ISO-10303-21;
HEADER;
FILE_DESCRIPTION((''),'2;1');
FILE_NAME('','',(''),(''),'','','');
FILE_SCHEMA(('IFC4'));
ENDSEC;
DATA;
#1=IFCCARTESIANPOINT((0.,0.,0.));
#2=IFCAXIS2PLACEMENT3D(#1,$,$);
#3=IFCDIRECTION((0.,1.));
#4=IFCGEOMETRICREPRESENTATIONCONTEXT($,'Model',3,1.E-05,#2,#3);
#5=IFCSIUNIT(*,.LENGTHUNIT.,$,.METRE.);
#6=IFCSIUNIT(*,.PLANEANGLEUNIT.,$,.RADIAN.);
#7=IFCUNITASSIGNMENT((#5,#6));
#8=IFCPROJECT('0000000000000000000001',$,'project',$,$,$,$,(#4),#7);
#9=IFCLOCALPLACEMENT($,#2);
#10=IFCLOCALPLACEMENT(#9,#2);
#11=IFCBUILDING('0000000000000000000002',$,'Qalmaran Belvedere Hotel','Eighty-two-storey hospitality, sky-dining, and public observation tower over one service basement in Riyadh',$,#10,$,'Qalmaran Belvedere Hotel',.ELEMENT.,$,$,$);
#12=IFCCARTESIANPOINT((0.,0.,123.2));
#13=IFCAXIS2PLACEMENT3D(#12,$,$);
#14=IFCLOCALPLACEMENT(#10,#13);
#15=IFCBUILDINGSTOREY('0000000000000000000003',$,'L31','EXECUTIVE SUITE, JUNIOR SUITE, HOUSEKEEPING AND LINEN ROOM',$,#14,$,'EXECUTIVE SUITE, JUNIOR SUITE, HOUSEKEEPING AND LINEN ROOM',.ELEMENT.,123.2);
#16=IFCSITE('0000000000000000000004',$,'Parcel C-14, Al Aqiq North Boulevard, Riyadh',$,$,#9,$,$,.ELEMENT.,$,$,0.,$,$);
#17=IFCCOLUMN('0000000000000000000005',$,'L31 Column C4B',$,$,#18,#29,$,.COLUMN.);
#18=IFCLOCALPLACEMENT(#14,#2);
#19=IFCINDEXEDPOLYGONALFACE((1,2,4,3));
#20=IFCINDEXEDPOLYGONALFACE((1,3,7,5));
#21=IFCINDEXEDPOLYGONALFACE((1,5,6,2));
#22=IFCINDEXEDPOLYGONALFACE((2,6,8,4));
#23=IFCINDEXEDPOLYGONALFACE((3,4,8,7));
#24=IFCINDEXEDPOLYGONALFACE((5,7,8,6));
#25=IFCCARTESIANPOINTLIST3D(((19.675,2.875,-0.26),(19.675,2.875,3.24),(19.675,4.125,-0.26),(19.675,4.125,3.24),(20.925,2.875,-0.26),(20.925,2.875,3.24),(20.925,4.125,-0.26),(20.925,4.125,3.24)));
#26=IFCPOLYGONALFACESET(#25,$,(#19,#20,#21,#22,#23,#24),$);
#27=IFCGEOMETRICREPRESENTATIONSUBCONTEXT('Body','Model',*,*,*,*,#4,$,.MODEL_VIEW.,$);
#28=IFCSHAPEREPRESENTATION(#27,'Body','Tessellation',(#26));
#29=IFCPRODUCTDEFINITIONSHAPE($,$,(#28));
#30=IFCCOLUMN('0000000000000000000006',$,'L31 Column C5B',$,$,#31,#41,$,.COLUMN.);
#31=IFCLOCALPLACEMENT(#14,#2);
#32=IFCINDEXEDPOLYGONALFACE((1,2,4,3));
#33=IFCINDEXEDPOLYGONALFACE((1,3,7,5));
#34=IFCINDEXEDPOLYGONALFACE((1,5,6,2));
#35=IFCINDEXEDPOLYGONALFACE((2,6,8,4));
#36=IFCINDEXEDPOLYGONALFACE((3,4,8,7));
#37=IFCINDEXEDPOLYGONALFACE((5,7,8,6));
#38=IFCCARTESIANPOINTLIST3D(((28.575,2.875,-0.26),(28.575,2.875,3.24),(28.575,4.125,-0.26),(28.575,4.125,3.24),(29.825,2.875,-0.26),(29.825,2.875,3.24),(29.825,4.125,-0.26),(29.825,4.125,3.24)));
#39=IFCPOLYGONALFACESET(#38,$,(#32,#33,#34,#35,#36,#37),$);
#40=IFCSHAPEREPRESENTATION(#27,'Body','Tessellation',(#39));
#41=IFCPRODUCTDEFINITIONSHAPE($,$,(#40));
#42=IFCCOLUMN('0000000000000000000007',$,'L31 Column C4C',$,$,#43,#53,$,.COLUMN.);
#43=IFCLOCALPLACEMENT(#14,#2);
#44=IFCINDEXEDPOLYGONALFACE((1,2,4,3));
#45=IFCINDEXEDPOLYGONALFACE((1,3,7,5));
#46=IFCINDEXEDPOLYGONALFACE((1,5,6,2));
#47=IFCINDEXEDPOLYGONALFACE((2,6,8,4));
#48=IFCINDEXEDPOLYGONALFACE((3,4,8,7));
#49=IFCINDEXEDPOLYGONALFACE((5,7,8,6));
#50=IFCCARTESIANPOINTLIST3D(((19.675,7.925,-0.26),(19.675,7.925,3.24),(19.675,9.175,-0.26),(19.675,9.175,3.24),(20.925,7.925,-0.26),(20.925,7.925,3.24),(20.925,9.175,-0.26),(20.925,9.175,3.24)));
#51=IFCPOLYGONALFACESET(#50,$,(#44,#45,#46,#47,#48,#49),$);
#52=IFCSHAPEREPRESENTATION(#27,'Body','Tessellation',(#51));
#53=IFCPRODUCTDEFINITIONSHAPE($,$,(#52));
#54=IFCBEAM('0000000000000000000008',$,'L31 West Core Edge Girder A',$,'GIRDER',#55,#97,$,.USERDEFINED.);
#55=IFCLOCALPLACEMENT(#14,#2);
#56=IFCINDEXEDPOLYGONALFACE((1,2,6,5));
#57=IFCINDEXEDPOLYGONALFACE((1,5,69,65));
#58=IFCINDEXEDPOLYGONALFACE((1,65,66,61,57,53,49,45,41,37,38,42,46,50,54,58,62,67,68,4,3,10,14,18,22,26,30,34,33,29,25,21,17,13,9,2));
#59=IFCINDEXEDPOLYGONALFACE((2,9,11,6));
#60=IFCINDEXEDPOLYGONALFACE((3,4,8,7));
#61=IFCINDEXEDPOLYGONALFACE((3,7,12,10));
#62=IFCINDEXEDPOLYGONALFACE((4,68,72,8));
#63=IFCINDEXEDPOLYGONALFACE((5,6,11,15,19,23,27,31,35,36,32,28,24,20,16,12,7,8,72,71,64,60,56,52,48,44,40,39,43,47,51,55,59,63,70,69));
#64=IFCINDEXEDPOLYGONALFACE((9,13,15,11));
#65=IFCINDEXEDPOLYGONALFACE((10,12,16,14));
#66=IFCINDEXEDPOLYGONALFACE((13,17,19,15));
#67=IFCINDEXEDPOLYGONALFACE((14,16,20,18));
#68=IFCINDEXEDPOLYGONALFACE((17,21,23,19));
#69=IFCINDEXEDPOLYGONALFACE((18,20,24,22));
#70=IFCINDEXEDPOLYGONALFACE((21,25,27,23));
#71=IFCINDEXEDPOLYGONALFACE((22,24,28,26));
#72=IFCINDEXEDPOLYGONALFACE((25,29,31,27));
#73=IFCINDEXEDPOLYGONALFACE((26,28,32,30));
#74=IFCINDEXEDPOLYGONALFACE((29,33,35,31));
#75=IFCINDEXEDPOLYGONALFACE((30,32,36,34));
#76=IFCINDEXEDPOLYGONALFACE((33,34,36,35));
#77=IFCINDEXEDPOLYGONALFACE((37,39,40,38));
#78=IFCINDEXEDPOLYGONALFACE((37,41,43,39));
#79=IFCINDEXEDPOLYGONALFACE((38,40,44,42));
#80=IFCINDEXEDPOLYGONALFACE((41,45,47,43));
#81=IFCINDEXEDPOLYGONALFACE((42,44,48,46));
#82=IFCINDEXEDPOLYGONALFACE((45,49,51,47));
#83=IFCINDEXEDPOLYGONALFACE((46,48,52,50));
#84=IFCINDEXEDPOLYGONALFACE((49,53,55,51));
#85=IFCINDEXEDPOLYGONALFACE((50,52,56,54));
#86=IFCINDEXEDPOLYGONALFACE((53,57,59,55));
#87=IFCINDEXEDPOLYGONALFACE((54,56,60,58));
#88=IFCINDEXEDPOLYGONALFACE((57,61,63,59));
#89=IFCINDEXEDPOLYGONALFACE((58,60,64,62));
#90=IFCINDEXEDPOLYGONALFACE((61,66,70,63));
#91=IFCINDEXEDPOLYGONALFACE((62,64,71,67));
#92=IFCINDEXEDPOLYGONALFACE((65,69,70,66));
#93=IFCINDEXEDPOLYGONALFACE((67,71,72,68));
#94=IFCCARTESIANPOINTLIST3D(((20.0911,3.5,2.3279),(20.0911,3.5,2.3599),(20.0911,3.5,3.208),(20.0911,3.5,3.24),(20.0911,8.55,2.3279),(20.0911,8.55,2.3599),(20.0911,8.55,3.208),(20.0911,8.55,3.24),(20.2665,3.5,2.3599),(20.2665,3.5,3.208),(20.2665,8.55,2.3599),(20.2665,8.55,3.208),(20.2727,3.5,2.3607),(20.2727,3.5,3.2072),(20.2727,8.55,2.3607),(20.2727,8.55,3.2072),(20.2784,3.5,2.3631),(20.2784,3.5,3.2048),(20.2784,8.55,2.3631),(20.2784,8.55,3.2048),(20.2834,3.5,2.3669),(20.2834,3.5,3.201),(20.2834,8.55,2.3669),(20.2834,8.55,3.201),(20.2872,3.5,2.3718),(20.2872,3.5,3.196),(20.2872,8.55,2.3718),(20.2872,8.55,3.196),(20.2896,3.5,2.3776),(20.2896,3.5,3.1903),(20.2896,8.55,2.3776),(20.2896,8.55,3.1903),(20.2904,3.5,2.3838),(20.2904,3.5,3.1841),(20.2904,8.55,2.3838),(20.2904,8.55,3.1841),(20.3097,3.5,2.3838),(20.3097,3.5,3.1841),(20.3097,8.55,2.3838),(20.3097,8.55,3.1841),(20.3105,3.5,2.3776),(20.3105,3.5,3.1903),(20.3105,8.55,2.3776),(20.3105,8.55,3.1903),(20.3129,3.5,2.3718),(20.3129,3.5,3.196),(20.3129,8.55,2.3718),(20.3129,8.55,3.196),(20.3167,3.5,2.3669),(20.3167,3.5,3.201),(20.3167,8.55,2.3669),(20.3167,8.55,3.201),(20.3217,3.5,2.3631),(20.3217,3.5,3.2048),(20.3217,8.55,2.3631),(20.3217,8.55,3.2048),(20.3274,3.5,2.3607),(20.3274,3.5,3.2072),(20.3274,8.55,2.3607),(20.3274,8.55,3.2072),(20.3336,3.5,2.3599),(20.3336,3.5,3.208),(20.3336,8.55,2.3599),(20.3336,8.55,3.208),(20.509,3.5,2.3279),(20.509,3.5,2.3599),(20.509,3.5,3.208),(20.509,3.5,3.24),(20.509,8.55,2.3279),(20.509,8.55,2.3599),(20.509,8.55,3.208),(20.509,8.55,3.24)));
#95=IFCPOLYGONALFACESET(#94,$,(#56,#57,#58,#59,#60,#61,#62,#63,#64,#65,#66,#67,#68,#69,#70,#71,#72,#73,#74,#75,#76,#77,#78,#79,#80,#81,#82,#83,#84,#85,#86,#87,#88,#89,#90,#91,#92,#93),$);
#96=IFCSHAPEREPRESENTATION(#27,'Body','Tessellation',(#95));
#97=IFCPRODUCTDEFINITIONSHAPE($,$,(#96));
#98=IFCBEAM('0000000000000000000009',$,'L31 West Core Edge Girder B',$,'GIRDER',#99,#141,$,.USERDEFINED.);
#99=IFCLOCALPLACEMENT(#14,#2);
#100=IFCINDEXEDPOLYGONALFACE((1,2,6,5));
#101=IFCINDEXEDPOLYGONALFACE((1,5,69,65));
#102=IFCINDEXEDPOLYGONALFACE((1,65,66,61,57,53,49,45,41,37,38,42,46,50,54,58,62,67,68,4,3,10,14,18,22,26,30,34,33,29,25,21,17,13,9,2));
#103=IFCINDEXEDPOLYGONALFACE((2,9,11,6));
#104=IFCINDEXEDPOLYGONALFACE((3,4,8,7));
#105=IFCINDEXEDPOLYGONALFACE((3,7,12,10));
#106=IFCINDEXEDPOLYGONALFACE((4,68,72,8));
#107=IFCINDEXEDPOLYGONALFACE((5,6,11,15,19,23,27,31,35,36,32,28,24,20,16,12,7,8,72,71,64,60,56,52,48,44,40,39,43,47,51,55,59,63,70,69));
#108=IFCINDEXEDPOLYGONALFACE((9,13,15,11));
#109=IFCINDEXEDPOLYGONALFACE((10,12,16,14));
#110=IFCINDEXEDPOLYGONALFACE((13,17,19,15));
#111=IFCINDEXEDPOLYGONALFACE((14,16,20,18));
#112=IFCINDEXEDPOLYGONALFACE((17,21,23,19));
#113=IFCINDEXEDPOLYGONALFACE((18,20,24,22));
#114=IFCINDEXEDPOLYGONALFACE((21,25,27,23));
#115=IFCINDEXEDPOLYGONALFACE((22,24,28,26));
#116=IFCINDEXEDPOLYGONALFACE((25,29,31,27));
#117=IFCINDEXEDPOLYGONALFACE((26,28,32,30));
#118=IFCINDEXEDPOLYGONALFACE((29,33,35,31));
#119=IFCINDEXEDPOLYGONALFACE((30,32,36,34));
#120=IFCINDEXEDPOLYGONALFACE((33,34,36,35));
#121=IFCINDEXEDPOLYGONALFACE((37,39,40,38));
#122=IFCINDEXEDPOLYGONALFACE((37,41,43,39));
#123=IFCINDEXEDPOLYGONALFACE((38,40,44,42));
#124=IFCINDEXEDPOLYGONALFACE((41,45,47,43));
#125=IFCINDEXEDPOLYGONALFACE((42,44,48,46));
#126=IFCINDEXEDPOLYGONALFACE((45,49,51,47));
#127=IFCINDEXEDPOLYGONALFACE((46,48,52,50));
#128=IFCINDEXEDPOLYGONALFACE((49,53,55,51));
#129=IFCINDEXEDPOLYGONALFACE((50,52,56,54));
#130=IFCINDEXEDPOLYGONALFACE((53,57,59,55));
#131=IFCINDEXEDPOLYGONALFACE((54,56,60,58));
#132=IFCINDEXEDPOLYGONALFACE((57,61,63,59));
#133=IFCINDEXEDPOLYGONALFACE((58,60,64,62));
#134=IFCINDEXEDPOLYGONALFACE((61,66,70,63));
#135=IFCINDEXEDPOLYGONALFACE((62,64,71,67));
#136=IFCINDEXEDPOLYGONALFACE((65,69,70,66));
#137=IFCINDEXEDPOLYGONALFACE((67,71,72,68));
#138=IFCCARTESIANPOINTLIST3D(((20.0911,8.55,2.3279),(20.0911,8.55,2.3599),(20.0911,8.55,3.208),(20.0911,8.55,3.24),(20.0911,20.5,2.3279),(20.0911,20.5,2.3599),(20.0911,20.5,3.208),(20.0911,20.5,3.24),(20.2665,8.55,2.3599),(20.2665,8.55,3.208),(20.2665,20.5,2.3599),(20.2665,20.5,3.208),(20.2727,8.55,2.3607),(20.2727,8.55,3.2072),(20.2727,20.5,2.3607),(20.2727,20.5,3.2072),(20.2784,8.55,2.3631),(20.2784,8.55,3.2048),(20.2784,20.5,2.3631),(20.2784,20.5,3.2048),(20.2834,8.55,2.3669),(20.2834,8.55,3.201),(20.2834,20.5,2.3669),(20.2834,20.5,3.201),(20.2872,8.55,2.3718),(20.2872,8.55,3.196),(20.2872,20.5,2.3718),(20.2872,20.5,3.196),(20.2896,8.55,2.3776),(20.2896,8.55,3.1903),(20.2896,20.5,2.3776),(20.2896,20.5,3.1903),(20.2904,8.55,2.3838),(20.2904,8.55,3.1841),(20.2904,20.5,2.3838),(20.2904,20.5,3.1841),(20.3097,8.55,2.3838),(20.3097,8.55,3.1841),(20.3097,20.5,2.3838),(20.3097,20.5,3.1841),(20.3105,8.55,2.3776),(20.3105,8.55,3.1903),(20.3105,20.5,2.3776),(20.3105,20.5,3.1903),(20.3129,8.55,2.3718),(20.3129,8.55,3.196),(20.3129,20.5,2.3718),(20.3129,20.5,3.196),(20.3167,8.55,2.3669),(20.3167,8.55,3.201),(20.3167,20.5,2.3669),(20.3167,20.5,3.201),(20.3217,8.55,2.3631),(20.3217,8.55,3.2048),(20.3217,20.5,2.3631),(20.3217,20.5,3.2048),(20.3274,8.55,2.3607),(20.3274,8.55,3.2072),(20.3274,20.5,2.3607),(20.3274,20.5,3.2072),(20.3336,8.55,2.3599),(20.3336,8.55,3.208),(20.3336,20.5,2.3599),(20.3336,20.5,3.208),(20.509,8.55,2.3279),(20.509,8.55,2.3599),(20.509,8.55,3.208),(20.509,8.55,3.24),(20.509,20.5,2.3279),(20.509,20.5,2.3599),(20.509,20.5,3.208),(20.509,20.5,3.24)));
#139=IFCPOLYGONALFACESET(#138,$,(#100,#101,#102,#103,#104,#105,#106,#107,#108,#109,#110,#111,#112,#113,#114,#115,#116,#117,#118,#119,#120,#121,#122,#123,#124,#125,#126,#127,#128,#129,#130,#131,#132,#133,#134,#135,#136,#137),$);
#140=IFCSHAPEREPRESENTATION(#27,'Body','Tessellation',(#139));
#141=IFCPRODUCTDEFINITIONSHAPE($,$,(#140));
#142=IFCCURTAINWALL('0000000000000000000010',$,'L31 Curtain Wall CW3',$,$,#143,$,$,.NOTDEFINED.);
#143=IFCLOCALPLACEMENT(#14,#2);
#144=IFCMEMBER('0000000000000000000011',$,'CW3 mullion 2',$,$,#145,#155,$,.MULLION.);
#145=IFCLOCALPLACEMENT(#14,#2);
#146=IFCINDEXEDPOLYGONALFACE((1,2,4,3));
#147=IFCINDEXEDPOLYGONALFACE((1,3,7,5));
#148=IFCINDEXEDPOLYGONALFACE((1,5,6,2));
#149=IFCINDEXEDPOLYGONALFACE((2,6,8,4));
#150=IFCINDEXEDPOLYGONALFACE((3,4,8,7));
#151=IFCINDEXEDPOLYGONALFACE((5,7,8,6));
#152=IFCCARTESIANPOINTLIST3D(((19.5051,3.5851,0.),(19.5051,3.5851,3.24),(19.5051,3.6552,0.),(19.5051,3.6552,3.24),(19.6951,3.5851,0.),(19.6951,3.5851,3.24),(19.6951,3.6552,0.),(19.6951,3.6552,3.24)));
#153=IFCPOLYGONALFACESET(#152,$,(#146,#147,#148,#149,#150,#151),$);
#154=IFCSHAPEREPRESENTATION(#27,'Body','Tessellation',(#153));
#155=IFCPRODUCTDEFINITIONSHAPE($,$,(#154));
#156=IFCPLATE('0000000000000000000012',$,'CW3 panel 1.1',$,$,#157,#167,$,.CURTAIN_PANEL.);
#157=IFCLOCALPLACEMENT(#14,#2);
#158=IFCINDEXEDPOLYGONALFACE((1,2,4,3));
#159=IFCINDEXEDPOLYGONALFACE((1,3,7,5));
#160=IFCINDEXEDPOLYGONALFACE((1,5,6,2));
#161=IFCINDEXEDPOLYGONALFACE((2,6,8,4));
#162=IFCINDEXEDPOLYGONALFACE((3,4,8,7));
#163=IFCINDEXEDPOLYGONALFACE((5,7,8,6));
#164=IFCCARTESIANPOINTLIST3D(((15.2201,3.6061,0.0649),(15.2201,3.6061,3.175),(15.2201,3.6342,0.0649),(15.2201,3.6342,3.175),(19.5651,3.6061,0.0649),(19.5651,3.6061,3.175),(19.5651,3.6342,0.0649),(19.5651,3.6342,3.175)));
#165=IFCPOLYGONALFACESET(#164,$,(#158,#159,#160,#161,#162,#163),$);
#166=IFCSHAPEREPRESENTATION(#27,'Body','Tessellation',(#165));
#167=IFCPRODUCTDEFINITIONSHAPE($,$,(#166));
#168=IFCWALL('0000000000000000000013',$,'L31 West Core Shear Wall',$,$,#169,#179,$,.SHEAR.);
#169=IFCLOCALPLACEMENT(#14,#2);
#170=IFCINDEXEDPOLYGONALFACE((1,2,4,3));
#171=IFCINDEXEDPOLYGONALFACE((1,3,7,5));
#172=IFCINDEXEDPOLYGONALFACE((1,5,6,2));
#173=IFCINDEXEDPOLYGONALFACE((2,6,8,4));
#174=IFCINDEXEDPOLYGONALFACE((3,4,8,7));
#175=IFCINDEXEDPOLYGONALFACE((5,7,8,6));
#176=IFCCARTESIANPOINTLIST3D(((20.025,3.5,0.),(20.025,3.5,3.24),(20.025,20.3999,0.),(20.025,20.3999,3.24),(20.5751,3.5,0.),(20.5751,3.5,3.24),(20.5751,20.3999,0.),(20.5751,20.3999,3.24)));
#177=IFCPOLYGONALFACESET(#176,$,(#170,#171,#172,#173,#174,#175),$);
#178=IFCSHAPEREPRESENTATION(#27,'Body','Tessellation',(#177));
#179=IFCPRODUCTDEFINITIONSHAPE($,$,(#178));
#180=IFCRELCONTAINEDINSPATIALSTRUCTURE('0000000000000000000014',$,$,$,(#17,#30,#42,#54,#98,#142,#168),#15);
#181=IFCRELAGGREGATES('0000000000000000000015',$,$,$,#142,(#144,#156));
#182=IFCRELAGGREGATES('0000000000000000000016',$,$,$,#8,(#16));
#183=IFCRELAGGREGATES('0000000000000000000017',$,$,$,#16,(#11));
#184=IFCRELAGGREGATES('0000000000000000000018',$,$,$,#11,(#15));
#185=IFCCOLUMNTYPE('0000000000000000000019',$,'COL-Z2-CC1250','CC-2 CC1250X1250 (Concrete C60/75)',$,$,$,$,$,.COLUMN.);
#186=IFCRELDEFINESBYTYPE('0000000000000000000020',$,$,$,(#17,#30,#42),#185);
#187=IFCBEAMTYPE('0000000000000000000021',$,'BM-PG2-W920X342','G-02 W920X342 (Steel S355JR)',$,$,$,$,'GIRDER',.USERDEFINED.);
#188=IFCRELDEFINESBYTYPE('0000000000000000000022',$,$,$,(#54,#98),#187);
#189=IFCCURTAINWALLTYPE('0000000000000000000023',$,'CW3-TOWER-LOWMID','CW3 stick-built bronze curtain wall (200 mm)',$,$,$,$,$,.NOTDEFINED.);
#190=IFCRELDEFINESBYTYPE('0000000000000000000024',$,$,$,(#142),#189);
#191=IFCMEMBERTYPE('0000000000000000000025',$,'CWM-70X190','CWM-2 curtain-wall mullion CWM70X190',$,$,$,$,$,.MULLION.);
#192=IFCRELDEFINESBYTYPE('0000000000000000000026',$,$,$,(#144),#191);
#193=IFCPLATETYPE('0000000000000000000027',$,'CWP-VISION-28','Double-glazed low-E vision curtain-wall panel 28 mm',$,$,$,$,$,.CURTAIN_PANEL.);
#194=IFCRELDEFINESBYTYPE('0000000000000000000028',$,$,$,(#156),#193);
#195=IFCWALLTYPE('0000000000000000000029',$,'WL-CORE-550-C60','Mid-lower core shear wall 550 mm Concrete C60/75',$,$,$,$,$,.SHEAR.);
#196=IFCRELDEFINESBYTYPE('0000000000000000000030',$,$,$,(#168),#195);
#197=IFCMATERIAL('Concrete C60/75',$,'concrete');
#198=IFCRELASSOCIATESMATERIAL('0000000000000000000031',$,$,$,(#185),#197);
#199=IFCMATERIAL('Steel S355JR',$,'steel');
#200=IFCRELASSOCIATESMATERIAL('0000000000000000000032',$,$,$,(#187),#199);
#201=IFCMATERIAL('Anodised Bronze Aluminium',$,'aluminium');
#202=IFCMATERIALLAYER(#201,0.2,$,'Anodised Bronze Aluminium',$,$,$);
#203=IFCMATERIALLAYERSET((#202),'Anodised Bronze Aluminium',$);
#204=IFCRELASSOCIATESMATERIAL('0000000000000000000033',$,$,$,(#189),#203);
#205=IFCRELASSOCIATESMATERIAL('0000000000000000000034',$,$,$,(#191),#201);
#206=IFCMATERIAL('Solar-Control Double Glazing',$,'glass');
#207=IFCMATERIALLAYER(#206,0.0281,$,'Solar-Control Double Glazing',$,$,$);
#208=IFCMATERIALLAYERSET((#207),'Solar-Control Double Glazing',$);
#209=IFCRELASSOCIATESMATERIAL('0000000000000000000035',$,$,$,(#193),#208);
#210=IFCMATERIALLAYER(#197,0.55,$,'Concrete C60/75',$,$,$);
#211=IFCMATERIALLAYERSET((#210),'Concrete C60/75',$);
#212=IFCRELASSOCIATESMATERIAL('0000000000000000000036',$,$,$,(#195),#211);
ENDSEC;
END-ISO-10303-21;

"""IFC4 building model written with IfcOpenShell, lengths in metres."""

from ifc_helpers import new_model, si_unit, direction, frame, frame_2d, origin, origin_2d, place, context, subcontext, project, spatial, rectangle, i_section, extrude, material, layer, layer_set, material_profile, profile_set, type_object, element, aggregate, save


model = new_model("IFC4")

# Units and contexts
model_context = context("Model", 3, precision=1e-05, world=origin(), true_north=direction((0.0, 1.0)))
body_context = subcontext(model_context, "Body", "Model", "MODEL_VIEW")
ifc_project = project(units=[si_unit("LENGTHUNIT", "METRE"), si_unit("PLANEANGLEUNIT", "RADIAN")], contexts=[model_context])

# Site, building, storey
site_placement = place(None, origin())
site = spatial("IfcSite", under=ifc_project, at=site_placement, Name="Parcel C-14, Al Aqiq North Boulevard, Riyadh", CompositionType="ELEMENT", RefElevation=0.0)
building_placement = place(site_placement, origin())
building = spatial("IfcBuilding", under=site, at=building_placement, Name="Qalmaran Belvedere Hotel", Description="Eighty-two-storey hospitality, sky-dining, and public observation tower over one service basement in Riyadh", LongName="Qalmaran Belvedere Hotel", CompositionType="ELEMENT")
storey_placement = place(building_placement, frame((0.0, 0.0, 123.2)))
storey = spatial("IfcBuildingStorey", under=building, at=storey_placement, Name="L31", Description="EXECUTIVE SUITE, JUNIOR SUITE, HOUSEKEEPING AND LINEN ROOM", LongName="EXECUTIVE SUITE, JUNIOR SUITE, HOUSEKEEPING AND LINEN ROOM", CompositionType="ELEMENT", Elevation=123.2)

# Columns
ifc_material_1 = material(Name="Concrete C60/75", Category="concrete")
ifc_material_profile_1 = material_profile(ifc_material_1, rectangle(XDim=1.25, YDim=1.25, at=origin_2d()), Name="CC1250X1250")
ifc_profile_set_1 = profile_set([ifc_material_profile_1], Name="Concrete C60/75")
column_type = type_object("IfcColumnType", Name="COL-Z2-CC1250", Description="CC-2 CC1250X1250 (Concrete C60/75)", PredefinedType="COLUMN", material=ifc_profile_set_1)
for number, where, z_axis, x_axis, name in (
    (1, (20.3, 3.5, -0.26), (0.0, 0.0, 1.0), (1.0, 0.0, 0.0), "L31 Column C4B"),
    (2, (29.2, 3.5, -0.26), (0.0, 0.0, 1.0), (1.0, 0.0, 0.0), "L31 Column C5B"),
    (3, (20.3, 8.55, -0.26), (0.0, 0.0, 1.0), (1.0, 0.0, 0.0), "L31 Column C4C"),
):
    element("IfcColumn", number, at=place(storey_placement, frame(where, z_axis=z_axis, x_axis=x_axis)), inside=storey, type_object=column_type, Name=name, PredefinedType="COLUMN", context=body_context, shape_type="SweptSolid", body=[
        extrude(rectangle(XDim=1.25, YDim=1.25, at=origin_2d()), origin(), (0.0, 0.0, 1.0), 3.5),
    ])

# Beams
ifc_material_2 = material(Name="Steel S355JR", Category="steel")
ifc_material_profile_2 = material_profile(ifc_material_2, i_section(OverallWidth=0.418, OverallDepth=0.9121, WebThickness=0.0193, FlangeThickness=0.032, FilletRadius=0.0239, at=origin_2d()), Name="W920X342")
ifc_profile_set_2 = profile_set([ifc_material_profile_2], Name="Steel S355JR")
beam_type = type_object("IfcBeamType", Name="BM-PG2-W920X342", Description="G-02 W920X342 (Steel S355JR)", ElementType="GIRDER", PredefinedType="USERDEFINED", material=ifc_profile_set_2)
beam_1_placement = place(storey_placement, frame((20.3, 3.5, 2.7839), z_axis=(0.0, 1.0, 0.0), x_axis=(-1.0, 0.0, 0.0)))
element("IfcBeam", 4, at=beam_1_placement, inside=storey, type_object=beam_type, Name="L31 West Core Edge Girder A", ObjectType="GIRDER", PredefinedType="USERDEFINED", context=body_context, shape_type="SweptSolid", body=[
    extrude(i_section(OverallWidth=0.418, OverallDepth=0.9121, WebThickness=0.0193, FlangeThickness=0.032, FilletRadius=0.0239, at=origin_2d()), origin(), (0.0, 0.0, 1.0), 5.05),
])
beam_2_placement = place(storey_placement, frame((20.3, 8.55, 2.7839), z_axis=(0.0, 1.0, 0.0), x_axis=(-1.0, 0.0, 0.0)))
element("IfcBeam", 5, at=beam_2_placement, inside=storey, type_object=beam_type, Name="L31 West Core Edge Girder B", ObjectType="GIRDER", PredefinedType="USERDEFINED", context=body_context, shape_type="SweptSolid", body=[
    extrude(i_section(OverallWidth=0.418, OverallDepth=0.9121, WebThickness=0.0193, FlangeThickness=0.032, FilletRadius=0.0239, at=origin_2d()), origin(), (0.0, 0.0, 1.0), 11.95),
])

# Curtain wall, member, plate
ifc_material_3 = material(Name="Anodised Bronze Aluminium", Category="aluminium")
ifc_layer_1 = layer(ifc_material_3, 0.2, Name="Anodised Bronze Aluminium")
ifc_layer_set_1 = layer_set([ifc_layer_1], Name="Anodised Bronze Aluminium")
curtain_wall_type = type_object("IfcCurtainWallType", Name="CW3-TOWER-LOWMID", Description="CW3 stick-built bronze curtain wall (200 mm)", PredefinedType="NOTDEFINED", material=ifc_layer_set_1)
curtain_wall_placement = place(storey_placement, origin())
curtain_wall = element("IfcCurtainWall", 6, at=curtain_wall_placement, inside=storey, type_object=curtain_wall_type, Name="L31 Curtain Wall CW3", PredefinedType="NOTDEFINED")
ifc_material_profile_3 = material_profile(ifc_material_3, rectangle(XDim=0.0701, YDim=0.1899, at=origin_2d()), Name="CWM70X190")
ifc_profile_set_3 = profile_set([ifc_material_profile_3], Name="Anodised Bronze Aluminium")
member_type = type_object("IfcMemberType", Name="CWM-70X190", Description="CWM-2 curtain-wall mullion CWM70X190", PredefinedType="MULLION", material=ifc_profile_set_3)
member_placement = place(storey_placement, frame((19.6001, 3.6201, 0.0), z_axis=(0.0, 0.0, 1.0), x_axis=(0.0, 1.0, 0.0)))
member = element("IfcMember", 7, at=member_placement, type_object=member_type, Name="CW3 mullion 2", PredefinedType="MULLION", context=body_context, shape_type="SweptSolid", body=[
    extrude(rectangle(XDim=0.0701, YDim=0.1899, at=origin_2d()), origin(), (0.0, 0.0, 1.0), 3.24),
])
ifc_material_4 = material(Name="Solar-Control Double Glazing", Category="glass")
ifc_layer_2 = layer(ifc_material_4, 0.0281, Name="Solar-Control Double Glazing")
ifc_layer_set_2 = layer_set([ifc_layer_2], Name="Solar-Control Double Glazing")
plate_type = type_object("IfcPlateType", Name="CWP-VISION-28", Description="Double-glazed low-E vision curtain-wall panel 28 mm", PredefinedType="CURTAIN_PANEL", material=ifc_layer_set_2)
plate_placement = place(storey_placement, frame((17.3926, 3.6201, 0.0649), z_axis=(0.0, 0.0, 1.0), x_axis=(1.0, 0.0, 0.0)))
plate = element("IfcPlate", 8, at=plate_placement, type_object=plate_type, Name="CW3 panel 1.1", PredefinedType="CURTAIN_PANEL", context=body_context, shape_type="SweptSolid", body=[
    extrude(rectangle(XDim=4.345, YDim=0.0281, at=origin_2d()), origin(), (0.0, 0.0, 1.0), 3.1101),
])
aggregate(curtain_wall, [member, plate])

# Wall
ifc_layer_3 = layer(ifc_material_1, 0.55, Name="Concrete C60/75")
ifc_layer_set_3 = layer_set([ifc_layer_3], Name="Concrete C60/75")
wall_type_1 = type_object("IfcWallType", Name="WL-CORE-550-C60", Description="Mid-lower core shear wall 550 mm Concrete C60/75", PredefinedType="SHEAR", material=ifc_layer_set_3)
wall_1_placement = place(storey_placement, frame((20.3, 3.5, 0.0), z_axis=(0.0, 0.0, 1.0), x_axis=(0.0, 1.0, 0.0)))
element("IfcWall", 9, at=wall_1_placement, inside=storey, type_object=wall_type_1, Name="L31 West Core Shear Wall", PredefinedType="SHEAR", context=body_context, shape_type="SweptSolid", body=[
    extrude(rectangle(XDim=16.8999, YDim=0.55, at=frame_2d((8.45, 0.0))), origin(), (0.0, 0.0, 1.0), 3.24),
])

save(model, "model.ifc")
